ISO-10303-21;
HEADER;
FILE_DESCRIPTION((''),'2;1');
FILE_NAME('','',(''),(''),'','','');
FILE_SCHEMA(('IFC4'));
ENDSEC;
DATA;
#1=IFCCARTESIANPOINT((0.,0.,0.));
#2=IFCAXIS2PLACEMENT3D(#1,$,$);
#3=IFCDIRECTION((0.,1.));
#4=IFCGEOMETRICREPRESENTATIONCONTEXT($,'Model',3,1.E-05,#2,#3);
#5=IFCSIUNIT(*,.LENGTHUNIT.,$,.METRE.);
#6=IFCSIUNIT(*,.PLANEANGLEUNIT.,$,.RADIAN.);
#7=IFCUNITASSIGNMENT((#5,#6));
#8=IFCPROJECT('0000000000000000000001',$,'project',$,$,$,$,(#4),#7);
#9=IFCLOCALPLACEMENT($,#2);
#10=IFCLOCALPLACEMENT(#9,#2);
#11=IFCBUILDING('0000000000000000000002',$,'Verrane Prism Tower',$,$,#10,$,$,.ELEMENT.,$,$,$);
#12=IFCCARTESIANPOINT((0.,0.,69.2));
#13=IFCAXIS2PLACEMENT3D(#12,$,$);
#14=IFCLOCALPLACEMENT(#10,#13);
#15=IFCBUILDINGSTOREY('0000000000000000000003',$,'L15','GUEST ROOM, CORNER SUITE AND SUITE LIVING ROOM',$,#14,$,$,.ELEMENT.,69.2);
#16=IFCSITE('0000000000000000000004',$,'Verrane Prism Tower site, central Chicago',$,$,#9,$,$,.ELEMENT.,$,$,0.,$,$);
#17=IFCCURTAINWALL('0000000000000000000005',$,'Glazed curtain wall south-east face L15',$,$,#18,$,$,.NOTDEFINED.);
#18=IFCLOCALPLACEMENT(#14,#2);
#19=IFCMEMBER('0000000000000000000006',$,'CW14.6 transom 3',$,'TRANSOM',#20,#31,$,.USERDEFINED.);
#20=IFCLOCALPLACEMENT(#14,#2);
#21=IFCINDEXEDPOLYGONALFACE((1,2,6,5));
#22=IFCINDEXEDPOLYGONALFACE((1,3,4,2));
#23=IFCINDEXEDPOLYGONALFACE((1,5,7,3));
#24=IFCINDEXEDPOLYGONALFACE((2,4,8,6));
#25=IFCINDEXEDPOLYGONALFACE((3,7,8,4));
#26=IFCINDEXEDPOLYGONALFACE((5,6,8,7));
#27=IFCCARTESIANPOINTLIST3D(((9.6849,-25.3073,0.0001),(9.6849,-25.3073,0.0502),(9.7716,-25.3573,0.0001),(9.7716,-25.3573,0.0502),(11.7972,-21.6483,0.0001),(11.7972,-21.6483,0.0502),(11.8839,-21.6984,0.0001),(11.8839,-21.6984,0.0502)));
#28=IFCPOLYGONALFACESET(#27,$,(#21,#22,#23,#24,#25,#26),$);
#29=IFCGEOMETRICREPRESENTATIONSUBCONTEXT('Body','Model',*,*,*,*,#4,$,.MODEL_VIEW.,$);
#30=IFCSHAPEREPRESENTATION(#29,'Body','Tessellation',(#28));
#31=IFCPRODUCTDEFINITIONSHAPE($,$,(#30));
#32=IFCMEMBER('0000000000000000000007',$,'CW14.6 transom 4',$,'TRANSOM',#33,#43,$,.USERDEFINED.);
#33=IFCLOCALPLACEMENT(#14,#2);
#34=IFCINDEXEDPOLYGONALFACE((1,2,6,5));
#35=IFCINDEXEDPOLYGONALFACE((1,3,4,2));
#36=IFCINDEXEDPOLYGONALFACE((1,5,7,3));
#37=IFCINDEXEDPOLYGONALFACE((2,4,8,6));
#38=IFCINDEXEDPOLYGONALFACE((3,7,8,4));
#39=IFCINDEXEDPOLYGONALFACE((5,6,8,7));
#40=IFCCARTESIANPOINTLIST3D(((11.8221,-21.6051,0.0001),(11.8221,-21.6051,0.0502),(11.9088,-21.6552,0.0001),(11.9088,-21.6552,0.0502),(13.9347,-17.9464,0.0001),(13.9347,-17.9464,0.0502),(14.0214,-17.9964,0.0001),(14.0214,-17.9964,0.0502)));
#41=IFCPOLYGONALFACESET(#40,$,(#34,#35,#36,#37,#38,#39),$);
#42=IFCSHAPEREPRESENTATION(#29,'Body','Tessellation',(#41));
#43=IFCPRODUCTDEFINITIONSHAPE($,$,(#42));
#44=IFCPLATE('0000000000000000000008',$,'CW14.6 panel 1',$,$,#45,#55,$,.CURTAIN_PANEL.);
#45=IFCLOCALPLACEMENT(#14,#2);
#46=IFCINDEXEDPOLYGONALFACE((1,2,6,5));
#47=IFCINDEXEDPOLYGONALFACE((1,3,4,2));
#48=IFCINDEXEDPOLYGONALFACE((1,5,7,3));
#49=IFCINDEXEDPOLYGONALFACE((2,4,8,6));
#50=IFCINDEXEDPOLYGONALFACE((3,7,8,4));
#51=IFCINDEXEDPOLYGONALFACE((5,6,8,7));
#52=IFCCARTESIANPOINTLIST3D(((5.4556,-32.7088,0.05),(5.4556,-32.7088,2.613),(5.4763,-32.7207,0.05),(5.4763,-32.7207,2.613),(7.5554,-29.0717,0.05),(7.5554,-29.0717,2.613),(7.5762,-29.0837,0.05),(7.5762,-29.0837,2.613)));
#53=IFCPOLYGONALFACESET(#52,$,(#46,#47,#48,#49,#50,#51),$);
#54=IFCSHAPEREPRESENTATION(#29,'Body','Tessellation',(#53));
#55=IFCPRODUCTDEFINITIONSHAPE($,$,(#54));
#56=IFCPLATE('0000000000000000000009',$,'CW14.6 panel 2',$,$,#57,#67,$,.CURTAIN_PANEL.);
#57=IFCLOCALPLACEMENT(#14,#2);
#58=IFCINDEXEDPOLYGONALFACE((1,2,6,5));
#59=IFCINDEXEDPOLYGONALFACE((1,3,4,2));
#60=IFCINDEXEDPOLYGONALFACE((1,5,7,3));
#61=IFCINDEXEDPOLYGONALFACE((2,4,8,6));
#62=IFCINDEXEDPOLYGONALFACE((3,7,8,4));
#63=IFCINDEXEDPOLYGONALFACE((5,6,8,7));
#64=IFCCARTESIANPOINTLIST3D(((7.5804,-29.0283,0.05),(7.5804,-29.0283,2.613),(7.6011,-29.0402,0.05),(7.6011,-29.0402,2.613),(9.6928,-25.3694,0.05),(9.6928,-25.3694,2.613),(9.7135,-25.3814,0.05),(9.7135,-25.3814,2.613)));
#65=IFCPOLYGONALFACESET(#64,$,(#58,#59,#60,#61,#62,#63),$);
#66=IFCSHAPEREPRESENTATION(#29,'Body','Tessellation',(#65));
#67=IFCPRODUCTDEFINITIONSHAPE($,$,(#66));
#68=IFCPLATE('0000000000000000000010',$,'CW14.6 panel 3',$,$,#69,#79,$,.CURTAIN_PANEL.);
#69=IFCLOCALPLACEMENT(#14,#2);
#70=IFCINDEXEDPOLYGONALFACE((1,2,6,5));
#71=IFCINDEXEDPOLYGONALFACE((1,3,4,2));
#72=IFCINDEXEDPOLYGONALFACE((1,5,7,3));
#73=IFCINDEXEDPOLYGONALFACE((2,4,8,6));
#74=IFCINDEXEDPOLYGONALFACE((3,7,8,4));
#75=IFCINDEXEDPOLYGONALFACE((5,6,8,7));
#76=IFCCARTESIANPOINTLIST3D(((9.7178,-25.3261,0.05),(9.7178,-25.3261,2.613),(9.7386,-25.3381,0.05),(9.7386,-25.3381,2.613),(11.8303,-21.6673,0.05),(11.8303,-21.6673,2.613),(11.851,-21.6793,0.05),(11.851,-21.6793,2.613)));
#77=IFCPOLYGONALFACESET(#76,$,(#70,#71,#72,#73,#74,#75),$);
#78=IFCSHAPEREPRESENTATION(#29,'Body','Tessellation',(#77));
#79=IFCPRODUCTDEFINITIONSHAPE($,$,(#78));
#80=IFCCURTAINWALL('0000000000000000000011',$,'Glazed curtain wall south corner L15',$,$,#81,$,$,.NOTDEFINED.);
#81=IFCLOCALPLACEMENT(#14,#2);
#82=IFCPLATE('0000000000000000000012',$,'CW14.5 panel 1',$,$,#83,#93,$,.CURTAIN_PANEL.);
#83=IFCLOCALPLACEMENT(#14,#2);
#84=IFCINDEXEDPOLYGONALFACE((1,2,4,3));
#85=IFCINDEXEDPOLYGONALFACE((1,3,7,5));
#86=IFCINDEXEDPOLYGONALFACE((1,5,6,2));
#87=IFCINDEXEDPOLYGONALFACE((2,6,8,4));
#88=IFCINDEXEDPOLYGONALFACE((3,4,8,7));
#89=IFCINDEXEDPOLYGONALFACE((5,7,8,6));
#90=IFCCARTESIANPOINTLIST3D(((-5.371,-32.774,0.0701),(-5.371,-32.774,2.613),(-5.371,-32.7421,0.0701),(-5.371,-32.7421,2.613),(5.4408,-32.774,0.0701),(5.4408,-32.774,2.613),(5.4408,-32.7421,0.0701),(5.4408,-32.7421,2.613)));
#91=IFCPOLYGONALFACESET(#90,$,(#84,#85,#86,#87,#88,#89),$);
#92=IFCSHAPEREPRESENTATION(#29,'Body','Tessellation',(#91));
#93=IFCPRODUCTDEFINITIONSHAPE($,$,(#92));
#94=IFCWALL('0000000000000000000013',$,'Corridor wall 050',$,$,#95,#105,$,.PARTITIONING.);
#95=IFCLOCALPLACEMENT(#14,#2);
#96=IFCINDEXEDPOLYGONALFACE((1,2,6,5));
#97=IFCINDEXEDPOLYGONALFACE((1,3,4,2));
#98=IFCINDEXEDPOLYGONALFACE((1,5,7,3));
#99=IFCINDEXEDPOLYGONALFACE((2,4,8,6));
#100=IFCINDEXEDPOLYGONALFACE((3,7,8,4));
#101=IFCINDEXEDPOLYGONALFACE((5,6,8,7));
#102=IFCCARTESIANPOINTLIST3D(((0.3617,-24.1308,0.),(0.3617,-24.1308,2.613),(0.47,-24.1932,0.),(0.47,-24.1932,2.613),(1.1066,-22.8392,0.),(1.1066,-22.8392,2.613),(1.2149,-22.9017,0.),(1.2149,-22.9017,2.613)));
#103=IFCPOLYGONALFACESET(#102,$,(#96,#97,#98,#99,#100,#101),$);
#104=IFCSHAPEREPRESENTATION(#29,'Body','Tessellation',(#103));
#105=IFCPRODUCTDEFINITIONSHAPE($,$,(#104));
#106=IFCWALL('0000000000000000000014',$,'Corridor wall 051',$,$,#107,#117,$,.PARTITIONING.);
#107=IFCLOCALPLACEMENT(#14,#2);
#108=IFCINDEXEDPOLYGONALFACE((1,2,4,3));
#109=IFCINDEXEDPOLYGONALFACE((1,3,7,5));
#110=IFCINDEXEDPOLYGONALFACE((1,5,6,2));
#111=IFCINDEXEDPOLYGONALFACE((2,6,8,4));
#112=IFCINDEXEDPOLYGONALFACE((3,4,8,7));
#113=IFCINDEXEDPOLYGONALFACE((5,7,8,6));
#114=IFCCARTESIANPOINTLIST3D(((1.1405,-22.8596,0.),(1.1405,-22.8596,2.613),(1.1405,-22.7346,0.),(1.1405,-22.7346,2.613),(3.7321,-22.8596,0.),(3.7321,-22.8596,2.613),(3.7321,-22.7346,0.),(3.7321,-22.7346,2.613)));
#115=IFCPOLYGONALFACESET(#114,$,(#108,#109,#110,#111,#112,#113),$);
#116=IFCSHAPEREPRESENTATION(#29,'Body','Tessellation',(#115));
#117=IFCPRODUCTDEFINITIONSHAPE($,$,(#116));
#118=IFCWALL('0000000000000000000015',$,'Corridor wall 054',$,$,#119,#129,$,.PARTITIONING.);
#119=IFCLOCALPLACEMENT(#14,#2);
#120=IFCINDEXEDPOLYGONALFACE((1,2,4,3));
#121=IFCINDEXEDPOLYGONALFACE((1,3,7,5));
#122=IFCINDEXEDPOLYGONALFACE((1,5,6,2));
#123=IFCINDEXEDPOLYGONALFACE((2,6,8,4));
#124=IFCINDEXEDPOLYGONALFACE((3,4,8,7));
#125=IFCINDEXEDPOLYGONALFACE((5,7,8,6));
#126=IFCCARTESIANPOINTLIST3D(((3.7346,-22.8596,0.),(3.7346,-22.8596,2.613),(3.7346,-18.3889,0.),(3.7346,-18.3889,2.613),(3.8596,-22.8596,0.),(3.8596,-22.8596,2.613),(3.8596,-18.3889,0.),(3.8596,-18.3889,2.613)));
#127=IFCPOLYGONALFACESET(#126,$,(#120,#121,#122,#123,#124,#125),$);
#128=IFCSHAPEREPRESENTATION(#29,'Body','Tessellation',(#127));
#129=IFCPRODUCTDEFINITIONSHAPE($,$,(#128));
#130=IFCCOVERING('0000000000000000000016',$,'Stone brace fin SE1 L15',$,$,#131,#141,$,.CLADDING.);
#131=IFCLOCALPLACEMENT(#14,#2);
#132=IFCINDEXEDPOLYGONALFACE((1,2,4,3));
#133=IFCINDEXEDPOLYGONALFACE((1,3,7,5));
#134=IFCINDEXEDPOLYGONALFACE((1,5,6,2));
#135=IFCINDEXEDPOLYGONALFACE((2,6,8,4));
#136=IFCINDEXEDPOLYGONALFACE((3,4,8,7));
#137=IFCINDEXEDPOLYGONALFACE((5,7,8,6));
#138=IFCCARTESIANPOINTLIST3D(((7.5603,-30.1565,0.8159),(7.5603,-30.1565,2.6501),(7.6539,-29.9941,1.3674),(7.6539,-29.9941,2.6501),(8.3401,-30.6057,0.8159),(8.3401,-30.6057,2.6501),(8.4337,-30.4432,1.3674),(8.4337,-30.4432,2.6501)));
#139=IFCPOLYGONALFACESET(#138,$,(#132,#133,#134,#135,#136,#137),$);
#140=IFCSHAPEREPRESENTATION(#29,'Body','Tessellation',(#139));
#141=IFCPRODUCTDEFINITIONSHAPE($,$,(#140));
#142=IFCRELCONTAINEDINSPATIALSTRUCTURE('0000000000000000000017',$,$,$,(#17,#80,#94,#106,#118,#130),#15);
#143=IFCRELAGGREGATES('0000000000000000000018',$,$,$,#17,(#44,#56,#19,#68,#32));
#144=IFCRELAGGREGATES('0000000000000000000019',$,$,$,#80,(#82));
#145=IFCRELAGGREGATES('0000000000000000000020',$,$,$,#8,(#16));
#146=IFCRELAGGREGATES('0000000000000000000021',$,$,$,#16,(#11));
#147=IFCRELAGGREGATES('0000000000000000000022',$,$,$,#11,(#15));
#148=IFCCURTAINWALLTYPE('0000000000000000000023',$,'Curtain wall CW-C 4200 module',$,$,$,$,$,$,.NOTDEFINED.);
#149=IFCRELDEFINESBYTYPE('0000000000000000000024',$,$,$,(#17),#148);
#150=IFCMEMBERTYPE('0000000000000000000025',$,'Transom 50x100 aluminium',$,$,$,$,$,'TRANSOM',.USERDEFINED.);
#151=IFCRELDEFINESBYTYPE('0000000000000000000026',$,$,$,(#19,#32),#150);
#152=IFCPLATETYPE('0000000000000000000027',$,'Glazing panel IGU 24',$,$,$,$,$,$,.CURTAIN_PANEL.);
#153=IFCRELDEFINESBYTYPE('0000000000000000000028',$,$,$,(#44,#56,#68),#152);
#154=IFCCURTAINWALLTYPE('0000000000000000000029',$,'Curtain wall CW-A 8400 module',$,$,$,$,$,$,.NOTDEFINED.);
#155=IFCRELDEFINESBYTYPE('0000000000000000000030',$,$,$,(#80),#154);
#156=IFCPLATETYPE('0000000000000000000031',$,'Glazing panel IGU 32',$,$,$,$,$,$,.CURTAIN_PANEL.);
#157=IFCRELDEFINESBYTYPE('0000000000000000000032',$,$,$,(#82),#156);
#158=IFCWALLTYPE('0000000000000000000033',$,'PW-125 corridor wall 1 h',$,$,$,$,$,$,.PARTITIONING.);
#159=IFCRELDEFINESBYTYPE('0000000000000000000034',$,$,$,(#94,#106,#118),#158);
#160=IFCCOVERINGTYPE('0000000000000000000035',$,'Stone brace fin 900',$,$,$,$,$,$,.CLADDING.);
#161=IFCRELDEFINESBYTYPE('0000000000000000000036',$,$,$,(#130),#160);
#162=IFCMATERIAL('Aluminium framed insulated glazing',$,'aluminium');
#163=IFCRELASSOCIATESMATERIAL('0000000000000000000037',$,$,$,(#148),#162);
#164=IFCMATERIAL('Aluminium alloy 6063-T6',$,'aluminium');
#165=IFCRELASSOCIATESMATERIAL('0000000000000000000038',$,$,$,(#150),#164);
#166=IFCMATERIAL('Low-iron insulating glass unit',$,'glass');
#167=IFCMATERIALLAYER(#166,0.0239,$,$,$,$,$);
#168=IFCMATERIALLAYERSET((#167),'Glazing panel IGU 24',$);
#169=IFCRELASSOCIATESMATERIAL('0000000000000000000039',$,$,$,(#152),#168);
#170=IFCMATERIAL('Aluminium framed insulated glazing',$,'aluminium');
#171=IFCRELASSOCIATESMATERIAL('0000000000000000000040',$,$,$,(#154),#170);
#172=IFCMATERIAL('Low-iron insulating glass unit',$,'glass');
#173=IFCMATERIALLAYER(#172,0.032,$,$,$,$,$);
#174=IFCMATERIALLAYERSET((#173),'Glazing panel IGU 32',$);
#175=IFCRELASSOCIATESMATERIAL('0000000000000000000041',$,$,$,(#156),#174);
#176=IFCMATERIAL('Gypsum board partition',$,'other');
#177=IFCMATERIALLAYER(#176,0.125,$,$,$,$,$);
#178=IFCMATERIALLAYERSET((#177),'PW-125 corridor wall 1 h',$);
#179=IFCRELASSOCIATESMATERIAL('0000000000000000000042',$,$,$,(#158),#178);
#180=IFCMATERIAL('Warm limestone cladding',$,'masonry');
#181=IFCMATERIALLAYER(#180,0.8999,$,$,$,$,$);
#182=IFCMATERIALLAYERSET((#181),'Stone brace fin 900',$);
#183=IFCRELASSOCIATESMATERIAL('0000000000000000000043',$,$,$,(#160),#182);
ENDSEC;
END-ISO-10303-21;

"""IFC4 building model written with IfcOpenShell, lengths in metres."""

from ifc_helpers import new_model, si_unit, direction, frame, frame_2d, origin, origin_2d, place, context, subcontext, project, spatial, polyline, rectangle, outline, extrude, material, layer, layer_set, material_profile, profile_set, type_object, element, aggregate, save


model = new_model("IFC4")

# Units and contexts
model_context = context("Model", 3, precision=1e-05, world=origin(), true_north=direction((0.0, 1.0)))
body_context = subcontext(model_context, "Body", "Model", "MODEL_VIEW")
ifc_project = project(units=[si_unit("LENGTHUNIT", "METRE"), si_unit("PLANEANGLEUNIT", "RADIAN")], contexts=[model_context])

# Site, building, storey
site_placement = place(None, origin())
site = spatial("IfcSite", under=ifc_project, at=site_placement, Name="Verrane Prism Tower site, central Chicago", CompositionType="ELEMENT", RefElevation=0.0)
building_placement = place(site_placement, origin())
building = spatial("IfcBuilding", under=site, at=building_placement, Name="Verrane Prism Tower", CompositionType="ELEMENT")
storey_placement = place(building_placement, frame((0.0, 0.0, 69.2)))
storey = spatial("IfcBuildingStorey", under=building, at=storey_placement, Name="L15", Description="GUEST ROOM, CORNER SUITE AND SUITE LIVING ROOM", CompositionType="ELEMENT", Elevation=69.2)

# Curtain wall
ifc_material_1 = material(Name="Aluminium framed insulated glazing", Category="aluminium")
curtain_wall_type_1 = type_object("IfcCurtainWallType", Name="Curtain wall CW-C 4200 module", PredefinedType="NOTDEFINED", material=ifc_material_1)
curtain_wall_1_placement = place(storey_placement, origin())
curtain_wall_1 = element("IfcCurtainWall", 1, at=curtain_wall_1_placement, inside=storey, type_object=curtain_wall_type_1, Name="Glazed curtain wall south-east face L15", PredefinedType="NOTDEFINED")

# Members
ifc_material_2 = material(Name="Aluminium alloy 6063-T6", Category="aluminium")
ifc_material_profile_1 = material_profile(ifc_material_2, rectangle(XDim=0.1001, YDim=0.05, at=origin_2d()), Name="Transom 50x100 aluminium")
ifc_profile_set_1 = profile_set([ifc_material_profile_1], Name="Aluminium alloy 6063-T6")
member_type_1 = type_object("IfcMemberType", Name="Transom 50x100 aluminium", ElementType="TRANSOM", PredefinedType="USERDEFINED", material=ifc_profile_set_1)
member_1_placement = place(storey_placement, frame((9.7283, -25.3323, 0.0251), z_axis=(0.499968, 0.866044, 0.0), x_axis=(-0.866044, 0.499968, 0.0)))
member_1 = element("IfcMember", 2, at=member_1_placement, type_object=member_type_1, Name="CW14.6 transom 3", ObjectType="TRANSOM", PredefinedType="USERDEFINED", context=body_context, shape_type="SweptSolid", body=[
    extrude(rectangle(XDim=0.1001, YDim=0.05, at=origin_2d()), origin(), (0.0, 0.0, 1.0), 4.2249),
])
member_2_placement = place(storey_placement, frame((11.8655, -21.6301, 0.0251), z_axis=(0.500036, 0.866005, 0.0), x_axis=(-0.866005, 0.500036, 0.0)))
member_2 = element("IfcMember", 3, at=member_2_placement, type_object=member_type_1, Name="CW14.6 transom 4", ObjectType="TRANSOM", PredefinedType="USERDEFINED", context=body_context, shape_type="SweptSolid", body=[
    extrude(rectangle(XDim=0.1001, YDim=0.05, at=origin_2d()), origin(), (0.0, 0.0, 1.0), 4.2249),
])

# Plates
ifc_material_3 = material(Name="Low-iron insulating glass unit", Category="glass")
ifc_layer_1 = layer(ifc_material_3, 0.0239)
ifc_layer_set_1 = layer_set([ifc_layer_1], Name="Glazing panel IGU 24")
plate_type_1 = type_object("IfcPlateType", Name="Glazing panel IGU 24", PredefinedType="CURTAIN_PANEL", material=ifc_layer_set_1)
plate_1_placement = place(storey_placement, frame((6.5159, -30.8962, 0.05), z_axis=(0.0, 0.0, 1.0), x_axis=(0.5, 0.866025, 0.0)))
plate_1 = element("IfcPlate", 4, at=plate_1_placement, type_object=plate_type_1, Name="CW14.6 panel 1", PredefinedType="CURTAIN_PANEL", context=body_context, shape_type="SweptSolid", body=[
    extrude(rectangle(XDim=4.1997, YDim=0.0239, at=origin_2d()), origin(), (0.0, 0.0, 1.0), 2.563),
])
plate_2_placement = place(storey_placement, frame((8.647, -27.2048, 0.05), z_axis=(0.0, 0.0, 1.0), x_axis=(0.5, 0.866025, 0.0)))
plate_2 = element("IfcPlate", 5, at=plate_2_placement, type_object=plate_type_1, Name="CW14.6 panel 2", PredefinedType="CURTAIN_PANEL", context=body_context, shape_type="SweptSolid", body=[
    extrude(rectangle(XDim=4.2249, YDim=0.0239, at=origin_2d()), origin(), (0.0, 0.0, 1.0), 2.563),
])
plate_3_placement = place(storey_placement, frame((10.7844, -23.5027, 0.05), z_axis=(0.0, 0.0, 1.0), x_axis=(0.5, 0.866025, 0.0)))
plate_3 = element("IfcPlate", 6, at=plate_3_placement, type_object=plate_type_1, Name="CW14.6 panel 3", PredefinedType="CURTAIN_PANEL", context=body_context, shape_type="SweptSolid", body=[
    extrude(rectangle(XDim=4.2249, YDim=0.0239, at=origin_2d()), origin(), (0.0, 0.0, 1.0), 2.563),
])
aggregate(curtain_wall_1, [plate_1, plate_2, member_1, plate_3, member_2])

# Curtain wall, plate
ifc_material_4 = material(Name="Aluminium framed insulated glazing", Category="aluminium")
curtain_wall_type_2 = type_object("IfcCurtainWallType", Name="Curtain wall CW-A 8400 module", PredefinedType="NOTDEFINED", material=ifc_material_4)
curtain_wall_2_placement = place(storey_placement, origin())
curtain_wall_2 = element("IfcCurtainWall", 7, at=curtain_wall_2_placement, inside=storey, type_object=curtain_wall_type_2, Name="Glazed curtain wall south corner L15", PredefinedType="NOTDEFINED")
ifc_material_5 = material(Name="Low-iron insulating glass unit", Category="glass")
ifc_layer_2 = layer(ifc_material_5, 0.032)
ifc_layer_set_2 = layer_set([ifc_layer_2], Name="Glazing panel IGU 32")
plate_type_2 = type_object("IfcPlateType", Name="Glazing panel IGU 32", PredefinedType="CURTAIN_PANEL", material=ifc_layer_set_2)
plate_4_placement = place(storey_placement, frame((0.0349, -32.7581, 0.0701), z_axis=(0.0, 0.0, 1.0), x_axis=(1.0, 0.0, 0.0)))
plate_4 = element("IfcPlate", 8, at=plate_4_placement, type_object=plate_type_2, Name="CW14.5 panel 1", PredefinedType="CURTAIN_PANEL", context=body_context, shape_type="SweptSolid", body=[
    extrude(rectangle(XDim=10.8118, YDim=0.032, at=origin_2d()), origin(), (0.0, 0.0, 1.0), 2.543),
])
aggregate(curtain_wall_2, [plate_4])

# Walls
ifc_material_6 = material(Name="Gypsum board partition", Category="other")
ifc_layer_3 = layer(ifc_material_6, 0.125)
ifc_layer_set_3 = layer_set([ifc_layer_3], Name="PW-125 corridor wall 1 h")
wall_type = type_object("IfcWallType", Name="PW-125 corridor wall 1 h", PredefinedType="PARTITIONING", material=ifc_layer_set_3)
wall_1_placement = place(storey_placement, frame((0.4158, -24.1621, 0.0), z_axis=(0.0, 0.0, 1.0), x_axis=(0.499609, 0.866251, 0.0)))
element("IfcWall", 9, at=wall_1_placement, inside=storey, type_object=wall_type, Name="Corridor wall 050", PredefinedType="PARTITIONING", context=body_context, shape_type="SweptSolid", body=[
    extrude(rectangle(XDim=1.491, YDim=0.125, at=frame_2d((0.7456, 0.0))), origin(), (0.0, 0.0, 1.0), 2.613),
])
wall_2_placement = place(storey_placement, frame((1.1404, -22.7971, 0.0), z_axis=(0.0, 0.0, 1.0), x_axis=(1.0, 0.0, 0.0)))
element("IfcWall", 10, at=wall_2_placement, inside=storey, type_object=wall_type, Name="Corridor wall 051", PredefinedType="PARTITIONING", context=body_context, shape_type="SweptSolid", body=[
    extrude(rectangle(XDim=2.5916, YDim=0.125, at=frame_2d((1.2959, 0.0))), origin(), (0.0, 0.0, 1.0), 2.613),
])
wall_3_placement = place(storey_placement, frame((3.7971, -22.8596, 0.0), z_axis=(0.0, 0.0, 1.0), x_axis=(0.0, 1.0, 0.0)))
element("IfcWall", 11, at=wall_3_placement, inside=storey, type_object=wall_type, Name="Corridor wall 054", PredefinedType="PARTITIONING", context=body_context, shape_type="SweptSolid", body=[
    extrude(rectangle(XDim=4.4707, YDim=0.125, at=frame_2d((2.2354, 0.0))), origin(), (0.0, 0.0, 1.0), 2.613),
])

# Covering
ifc_material_7 = material(Name="Warm limestone cladding", Category="masonry")
ifc_layer_4 = layer(ifc_material_7, 0.8999)
ifc_layer_set_4 = layer_set([ifc_layer_4], Name="Stone brace fin 900")
covering_type = type_object("IfcCoveringType", Name="Stone brace fin 900", PredefinedType="CLADDING", material=ifc_layer_set_4)
covering_placement = place(storey_placement, frame((7.9502, -30.3811, 0.8159), z_axis=(0.0, 0.0, 1.0), x_axis=(0.499083, 0.866554, 0.0)))
element("IfcCovering", 12, at=covering_placement, inside=storey, type_object=covering_type, Name="Stone brace fin SE1 L15", PredefinedType="CLADDING", context=body_context, shape_type="SweptSolid", body=[
    extrude(outline(polyline([(0.1875, 1.8342), (0.0, 1.8342), (0.0, 0.0), (0.1875, 0.5515), (0.1875, 1.8342)])), frame((0.0, 0.45, 0.0), z_axis=(0.0, -1.0, 0.0), x_axis=(1.0, 0.0, 0.0)), (0.0, 0.0, 1.0), 0.8999),
])

save(model, "model.ifc")
